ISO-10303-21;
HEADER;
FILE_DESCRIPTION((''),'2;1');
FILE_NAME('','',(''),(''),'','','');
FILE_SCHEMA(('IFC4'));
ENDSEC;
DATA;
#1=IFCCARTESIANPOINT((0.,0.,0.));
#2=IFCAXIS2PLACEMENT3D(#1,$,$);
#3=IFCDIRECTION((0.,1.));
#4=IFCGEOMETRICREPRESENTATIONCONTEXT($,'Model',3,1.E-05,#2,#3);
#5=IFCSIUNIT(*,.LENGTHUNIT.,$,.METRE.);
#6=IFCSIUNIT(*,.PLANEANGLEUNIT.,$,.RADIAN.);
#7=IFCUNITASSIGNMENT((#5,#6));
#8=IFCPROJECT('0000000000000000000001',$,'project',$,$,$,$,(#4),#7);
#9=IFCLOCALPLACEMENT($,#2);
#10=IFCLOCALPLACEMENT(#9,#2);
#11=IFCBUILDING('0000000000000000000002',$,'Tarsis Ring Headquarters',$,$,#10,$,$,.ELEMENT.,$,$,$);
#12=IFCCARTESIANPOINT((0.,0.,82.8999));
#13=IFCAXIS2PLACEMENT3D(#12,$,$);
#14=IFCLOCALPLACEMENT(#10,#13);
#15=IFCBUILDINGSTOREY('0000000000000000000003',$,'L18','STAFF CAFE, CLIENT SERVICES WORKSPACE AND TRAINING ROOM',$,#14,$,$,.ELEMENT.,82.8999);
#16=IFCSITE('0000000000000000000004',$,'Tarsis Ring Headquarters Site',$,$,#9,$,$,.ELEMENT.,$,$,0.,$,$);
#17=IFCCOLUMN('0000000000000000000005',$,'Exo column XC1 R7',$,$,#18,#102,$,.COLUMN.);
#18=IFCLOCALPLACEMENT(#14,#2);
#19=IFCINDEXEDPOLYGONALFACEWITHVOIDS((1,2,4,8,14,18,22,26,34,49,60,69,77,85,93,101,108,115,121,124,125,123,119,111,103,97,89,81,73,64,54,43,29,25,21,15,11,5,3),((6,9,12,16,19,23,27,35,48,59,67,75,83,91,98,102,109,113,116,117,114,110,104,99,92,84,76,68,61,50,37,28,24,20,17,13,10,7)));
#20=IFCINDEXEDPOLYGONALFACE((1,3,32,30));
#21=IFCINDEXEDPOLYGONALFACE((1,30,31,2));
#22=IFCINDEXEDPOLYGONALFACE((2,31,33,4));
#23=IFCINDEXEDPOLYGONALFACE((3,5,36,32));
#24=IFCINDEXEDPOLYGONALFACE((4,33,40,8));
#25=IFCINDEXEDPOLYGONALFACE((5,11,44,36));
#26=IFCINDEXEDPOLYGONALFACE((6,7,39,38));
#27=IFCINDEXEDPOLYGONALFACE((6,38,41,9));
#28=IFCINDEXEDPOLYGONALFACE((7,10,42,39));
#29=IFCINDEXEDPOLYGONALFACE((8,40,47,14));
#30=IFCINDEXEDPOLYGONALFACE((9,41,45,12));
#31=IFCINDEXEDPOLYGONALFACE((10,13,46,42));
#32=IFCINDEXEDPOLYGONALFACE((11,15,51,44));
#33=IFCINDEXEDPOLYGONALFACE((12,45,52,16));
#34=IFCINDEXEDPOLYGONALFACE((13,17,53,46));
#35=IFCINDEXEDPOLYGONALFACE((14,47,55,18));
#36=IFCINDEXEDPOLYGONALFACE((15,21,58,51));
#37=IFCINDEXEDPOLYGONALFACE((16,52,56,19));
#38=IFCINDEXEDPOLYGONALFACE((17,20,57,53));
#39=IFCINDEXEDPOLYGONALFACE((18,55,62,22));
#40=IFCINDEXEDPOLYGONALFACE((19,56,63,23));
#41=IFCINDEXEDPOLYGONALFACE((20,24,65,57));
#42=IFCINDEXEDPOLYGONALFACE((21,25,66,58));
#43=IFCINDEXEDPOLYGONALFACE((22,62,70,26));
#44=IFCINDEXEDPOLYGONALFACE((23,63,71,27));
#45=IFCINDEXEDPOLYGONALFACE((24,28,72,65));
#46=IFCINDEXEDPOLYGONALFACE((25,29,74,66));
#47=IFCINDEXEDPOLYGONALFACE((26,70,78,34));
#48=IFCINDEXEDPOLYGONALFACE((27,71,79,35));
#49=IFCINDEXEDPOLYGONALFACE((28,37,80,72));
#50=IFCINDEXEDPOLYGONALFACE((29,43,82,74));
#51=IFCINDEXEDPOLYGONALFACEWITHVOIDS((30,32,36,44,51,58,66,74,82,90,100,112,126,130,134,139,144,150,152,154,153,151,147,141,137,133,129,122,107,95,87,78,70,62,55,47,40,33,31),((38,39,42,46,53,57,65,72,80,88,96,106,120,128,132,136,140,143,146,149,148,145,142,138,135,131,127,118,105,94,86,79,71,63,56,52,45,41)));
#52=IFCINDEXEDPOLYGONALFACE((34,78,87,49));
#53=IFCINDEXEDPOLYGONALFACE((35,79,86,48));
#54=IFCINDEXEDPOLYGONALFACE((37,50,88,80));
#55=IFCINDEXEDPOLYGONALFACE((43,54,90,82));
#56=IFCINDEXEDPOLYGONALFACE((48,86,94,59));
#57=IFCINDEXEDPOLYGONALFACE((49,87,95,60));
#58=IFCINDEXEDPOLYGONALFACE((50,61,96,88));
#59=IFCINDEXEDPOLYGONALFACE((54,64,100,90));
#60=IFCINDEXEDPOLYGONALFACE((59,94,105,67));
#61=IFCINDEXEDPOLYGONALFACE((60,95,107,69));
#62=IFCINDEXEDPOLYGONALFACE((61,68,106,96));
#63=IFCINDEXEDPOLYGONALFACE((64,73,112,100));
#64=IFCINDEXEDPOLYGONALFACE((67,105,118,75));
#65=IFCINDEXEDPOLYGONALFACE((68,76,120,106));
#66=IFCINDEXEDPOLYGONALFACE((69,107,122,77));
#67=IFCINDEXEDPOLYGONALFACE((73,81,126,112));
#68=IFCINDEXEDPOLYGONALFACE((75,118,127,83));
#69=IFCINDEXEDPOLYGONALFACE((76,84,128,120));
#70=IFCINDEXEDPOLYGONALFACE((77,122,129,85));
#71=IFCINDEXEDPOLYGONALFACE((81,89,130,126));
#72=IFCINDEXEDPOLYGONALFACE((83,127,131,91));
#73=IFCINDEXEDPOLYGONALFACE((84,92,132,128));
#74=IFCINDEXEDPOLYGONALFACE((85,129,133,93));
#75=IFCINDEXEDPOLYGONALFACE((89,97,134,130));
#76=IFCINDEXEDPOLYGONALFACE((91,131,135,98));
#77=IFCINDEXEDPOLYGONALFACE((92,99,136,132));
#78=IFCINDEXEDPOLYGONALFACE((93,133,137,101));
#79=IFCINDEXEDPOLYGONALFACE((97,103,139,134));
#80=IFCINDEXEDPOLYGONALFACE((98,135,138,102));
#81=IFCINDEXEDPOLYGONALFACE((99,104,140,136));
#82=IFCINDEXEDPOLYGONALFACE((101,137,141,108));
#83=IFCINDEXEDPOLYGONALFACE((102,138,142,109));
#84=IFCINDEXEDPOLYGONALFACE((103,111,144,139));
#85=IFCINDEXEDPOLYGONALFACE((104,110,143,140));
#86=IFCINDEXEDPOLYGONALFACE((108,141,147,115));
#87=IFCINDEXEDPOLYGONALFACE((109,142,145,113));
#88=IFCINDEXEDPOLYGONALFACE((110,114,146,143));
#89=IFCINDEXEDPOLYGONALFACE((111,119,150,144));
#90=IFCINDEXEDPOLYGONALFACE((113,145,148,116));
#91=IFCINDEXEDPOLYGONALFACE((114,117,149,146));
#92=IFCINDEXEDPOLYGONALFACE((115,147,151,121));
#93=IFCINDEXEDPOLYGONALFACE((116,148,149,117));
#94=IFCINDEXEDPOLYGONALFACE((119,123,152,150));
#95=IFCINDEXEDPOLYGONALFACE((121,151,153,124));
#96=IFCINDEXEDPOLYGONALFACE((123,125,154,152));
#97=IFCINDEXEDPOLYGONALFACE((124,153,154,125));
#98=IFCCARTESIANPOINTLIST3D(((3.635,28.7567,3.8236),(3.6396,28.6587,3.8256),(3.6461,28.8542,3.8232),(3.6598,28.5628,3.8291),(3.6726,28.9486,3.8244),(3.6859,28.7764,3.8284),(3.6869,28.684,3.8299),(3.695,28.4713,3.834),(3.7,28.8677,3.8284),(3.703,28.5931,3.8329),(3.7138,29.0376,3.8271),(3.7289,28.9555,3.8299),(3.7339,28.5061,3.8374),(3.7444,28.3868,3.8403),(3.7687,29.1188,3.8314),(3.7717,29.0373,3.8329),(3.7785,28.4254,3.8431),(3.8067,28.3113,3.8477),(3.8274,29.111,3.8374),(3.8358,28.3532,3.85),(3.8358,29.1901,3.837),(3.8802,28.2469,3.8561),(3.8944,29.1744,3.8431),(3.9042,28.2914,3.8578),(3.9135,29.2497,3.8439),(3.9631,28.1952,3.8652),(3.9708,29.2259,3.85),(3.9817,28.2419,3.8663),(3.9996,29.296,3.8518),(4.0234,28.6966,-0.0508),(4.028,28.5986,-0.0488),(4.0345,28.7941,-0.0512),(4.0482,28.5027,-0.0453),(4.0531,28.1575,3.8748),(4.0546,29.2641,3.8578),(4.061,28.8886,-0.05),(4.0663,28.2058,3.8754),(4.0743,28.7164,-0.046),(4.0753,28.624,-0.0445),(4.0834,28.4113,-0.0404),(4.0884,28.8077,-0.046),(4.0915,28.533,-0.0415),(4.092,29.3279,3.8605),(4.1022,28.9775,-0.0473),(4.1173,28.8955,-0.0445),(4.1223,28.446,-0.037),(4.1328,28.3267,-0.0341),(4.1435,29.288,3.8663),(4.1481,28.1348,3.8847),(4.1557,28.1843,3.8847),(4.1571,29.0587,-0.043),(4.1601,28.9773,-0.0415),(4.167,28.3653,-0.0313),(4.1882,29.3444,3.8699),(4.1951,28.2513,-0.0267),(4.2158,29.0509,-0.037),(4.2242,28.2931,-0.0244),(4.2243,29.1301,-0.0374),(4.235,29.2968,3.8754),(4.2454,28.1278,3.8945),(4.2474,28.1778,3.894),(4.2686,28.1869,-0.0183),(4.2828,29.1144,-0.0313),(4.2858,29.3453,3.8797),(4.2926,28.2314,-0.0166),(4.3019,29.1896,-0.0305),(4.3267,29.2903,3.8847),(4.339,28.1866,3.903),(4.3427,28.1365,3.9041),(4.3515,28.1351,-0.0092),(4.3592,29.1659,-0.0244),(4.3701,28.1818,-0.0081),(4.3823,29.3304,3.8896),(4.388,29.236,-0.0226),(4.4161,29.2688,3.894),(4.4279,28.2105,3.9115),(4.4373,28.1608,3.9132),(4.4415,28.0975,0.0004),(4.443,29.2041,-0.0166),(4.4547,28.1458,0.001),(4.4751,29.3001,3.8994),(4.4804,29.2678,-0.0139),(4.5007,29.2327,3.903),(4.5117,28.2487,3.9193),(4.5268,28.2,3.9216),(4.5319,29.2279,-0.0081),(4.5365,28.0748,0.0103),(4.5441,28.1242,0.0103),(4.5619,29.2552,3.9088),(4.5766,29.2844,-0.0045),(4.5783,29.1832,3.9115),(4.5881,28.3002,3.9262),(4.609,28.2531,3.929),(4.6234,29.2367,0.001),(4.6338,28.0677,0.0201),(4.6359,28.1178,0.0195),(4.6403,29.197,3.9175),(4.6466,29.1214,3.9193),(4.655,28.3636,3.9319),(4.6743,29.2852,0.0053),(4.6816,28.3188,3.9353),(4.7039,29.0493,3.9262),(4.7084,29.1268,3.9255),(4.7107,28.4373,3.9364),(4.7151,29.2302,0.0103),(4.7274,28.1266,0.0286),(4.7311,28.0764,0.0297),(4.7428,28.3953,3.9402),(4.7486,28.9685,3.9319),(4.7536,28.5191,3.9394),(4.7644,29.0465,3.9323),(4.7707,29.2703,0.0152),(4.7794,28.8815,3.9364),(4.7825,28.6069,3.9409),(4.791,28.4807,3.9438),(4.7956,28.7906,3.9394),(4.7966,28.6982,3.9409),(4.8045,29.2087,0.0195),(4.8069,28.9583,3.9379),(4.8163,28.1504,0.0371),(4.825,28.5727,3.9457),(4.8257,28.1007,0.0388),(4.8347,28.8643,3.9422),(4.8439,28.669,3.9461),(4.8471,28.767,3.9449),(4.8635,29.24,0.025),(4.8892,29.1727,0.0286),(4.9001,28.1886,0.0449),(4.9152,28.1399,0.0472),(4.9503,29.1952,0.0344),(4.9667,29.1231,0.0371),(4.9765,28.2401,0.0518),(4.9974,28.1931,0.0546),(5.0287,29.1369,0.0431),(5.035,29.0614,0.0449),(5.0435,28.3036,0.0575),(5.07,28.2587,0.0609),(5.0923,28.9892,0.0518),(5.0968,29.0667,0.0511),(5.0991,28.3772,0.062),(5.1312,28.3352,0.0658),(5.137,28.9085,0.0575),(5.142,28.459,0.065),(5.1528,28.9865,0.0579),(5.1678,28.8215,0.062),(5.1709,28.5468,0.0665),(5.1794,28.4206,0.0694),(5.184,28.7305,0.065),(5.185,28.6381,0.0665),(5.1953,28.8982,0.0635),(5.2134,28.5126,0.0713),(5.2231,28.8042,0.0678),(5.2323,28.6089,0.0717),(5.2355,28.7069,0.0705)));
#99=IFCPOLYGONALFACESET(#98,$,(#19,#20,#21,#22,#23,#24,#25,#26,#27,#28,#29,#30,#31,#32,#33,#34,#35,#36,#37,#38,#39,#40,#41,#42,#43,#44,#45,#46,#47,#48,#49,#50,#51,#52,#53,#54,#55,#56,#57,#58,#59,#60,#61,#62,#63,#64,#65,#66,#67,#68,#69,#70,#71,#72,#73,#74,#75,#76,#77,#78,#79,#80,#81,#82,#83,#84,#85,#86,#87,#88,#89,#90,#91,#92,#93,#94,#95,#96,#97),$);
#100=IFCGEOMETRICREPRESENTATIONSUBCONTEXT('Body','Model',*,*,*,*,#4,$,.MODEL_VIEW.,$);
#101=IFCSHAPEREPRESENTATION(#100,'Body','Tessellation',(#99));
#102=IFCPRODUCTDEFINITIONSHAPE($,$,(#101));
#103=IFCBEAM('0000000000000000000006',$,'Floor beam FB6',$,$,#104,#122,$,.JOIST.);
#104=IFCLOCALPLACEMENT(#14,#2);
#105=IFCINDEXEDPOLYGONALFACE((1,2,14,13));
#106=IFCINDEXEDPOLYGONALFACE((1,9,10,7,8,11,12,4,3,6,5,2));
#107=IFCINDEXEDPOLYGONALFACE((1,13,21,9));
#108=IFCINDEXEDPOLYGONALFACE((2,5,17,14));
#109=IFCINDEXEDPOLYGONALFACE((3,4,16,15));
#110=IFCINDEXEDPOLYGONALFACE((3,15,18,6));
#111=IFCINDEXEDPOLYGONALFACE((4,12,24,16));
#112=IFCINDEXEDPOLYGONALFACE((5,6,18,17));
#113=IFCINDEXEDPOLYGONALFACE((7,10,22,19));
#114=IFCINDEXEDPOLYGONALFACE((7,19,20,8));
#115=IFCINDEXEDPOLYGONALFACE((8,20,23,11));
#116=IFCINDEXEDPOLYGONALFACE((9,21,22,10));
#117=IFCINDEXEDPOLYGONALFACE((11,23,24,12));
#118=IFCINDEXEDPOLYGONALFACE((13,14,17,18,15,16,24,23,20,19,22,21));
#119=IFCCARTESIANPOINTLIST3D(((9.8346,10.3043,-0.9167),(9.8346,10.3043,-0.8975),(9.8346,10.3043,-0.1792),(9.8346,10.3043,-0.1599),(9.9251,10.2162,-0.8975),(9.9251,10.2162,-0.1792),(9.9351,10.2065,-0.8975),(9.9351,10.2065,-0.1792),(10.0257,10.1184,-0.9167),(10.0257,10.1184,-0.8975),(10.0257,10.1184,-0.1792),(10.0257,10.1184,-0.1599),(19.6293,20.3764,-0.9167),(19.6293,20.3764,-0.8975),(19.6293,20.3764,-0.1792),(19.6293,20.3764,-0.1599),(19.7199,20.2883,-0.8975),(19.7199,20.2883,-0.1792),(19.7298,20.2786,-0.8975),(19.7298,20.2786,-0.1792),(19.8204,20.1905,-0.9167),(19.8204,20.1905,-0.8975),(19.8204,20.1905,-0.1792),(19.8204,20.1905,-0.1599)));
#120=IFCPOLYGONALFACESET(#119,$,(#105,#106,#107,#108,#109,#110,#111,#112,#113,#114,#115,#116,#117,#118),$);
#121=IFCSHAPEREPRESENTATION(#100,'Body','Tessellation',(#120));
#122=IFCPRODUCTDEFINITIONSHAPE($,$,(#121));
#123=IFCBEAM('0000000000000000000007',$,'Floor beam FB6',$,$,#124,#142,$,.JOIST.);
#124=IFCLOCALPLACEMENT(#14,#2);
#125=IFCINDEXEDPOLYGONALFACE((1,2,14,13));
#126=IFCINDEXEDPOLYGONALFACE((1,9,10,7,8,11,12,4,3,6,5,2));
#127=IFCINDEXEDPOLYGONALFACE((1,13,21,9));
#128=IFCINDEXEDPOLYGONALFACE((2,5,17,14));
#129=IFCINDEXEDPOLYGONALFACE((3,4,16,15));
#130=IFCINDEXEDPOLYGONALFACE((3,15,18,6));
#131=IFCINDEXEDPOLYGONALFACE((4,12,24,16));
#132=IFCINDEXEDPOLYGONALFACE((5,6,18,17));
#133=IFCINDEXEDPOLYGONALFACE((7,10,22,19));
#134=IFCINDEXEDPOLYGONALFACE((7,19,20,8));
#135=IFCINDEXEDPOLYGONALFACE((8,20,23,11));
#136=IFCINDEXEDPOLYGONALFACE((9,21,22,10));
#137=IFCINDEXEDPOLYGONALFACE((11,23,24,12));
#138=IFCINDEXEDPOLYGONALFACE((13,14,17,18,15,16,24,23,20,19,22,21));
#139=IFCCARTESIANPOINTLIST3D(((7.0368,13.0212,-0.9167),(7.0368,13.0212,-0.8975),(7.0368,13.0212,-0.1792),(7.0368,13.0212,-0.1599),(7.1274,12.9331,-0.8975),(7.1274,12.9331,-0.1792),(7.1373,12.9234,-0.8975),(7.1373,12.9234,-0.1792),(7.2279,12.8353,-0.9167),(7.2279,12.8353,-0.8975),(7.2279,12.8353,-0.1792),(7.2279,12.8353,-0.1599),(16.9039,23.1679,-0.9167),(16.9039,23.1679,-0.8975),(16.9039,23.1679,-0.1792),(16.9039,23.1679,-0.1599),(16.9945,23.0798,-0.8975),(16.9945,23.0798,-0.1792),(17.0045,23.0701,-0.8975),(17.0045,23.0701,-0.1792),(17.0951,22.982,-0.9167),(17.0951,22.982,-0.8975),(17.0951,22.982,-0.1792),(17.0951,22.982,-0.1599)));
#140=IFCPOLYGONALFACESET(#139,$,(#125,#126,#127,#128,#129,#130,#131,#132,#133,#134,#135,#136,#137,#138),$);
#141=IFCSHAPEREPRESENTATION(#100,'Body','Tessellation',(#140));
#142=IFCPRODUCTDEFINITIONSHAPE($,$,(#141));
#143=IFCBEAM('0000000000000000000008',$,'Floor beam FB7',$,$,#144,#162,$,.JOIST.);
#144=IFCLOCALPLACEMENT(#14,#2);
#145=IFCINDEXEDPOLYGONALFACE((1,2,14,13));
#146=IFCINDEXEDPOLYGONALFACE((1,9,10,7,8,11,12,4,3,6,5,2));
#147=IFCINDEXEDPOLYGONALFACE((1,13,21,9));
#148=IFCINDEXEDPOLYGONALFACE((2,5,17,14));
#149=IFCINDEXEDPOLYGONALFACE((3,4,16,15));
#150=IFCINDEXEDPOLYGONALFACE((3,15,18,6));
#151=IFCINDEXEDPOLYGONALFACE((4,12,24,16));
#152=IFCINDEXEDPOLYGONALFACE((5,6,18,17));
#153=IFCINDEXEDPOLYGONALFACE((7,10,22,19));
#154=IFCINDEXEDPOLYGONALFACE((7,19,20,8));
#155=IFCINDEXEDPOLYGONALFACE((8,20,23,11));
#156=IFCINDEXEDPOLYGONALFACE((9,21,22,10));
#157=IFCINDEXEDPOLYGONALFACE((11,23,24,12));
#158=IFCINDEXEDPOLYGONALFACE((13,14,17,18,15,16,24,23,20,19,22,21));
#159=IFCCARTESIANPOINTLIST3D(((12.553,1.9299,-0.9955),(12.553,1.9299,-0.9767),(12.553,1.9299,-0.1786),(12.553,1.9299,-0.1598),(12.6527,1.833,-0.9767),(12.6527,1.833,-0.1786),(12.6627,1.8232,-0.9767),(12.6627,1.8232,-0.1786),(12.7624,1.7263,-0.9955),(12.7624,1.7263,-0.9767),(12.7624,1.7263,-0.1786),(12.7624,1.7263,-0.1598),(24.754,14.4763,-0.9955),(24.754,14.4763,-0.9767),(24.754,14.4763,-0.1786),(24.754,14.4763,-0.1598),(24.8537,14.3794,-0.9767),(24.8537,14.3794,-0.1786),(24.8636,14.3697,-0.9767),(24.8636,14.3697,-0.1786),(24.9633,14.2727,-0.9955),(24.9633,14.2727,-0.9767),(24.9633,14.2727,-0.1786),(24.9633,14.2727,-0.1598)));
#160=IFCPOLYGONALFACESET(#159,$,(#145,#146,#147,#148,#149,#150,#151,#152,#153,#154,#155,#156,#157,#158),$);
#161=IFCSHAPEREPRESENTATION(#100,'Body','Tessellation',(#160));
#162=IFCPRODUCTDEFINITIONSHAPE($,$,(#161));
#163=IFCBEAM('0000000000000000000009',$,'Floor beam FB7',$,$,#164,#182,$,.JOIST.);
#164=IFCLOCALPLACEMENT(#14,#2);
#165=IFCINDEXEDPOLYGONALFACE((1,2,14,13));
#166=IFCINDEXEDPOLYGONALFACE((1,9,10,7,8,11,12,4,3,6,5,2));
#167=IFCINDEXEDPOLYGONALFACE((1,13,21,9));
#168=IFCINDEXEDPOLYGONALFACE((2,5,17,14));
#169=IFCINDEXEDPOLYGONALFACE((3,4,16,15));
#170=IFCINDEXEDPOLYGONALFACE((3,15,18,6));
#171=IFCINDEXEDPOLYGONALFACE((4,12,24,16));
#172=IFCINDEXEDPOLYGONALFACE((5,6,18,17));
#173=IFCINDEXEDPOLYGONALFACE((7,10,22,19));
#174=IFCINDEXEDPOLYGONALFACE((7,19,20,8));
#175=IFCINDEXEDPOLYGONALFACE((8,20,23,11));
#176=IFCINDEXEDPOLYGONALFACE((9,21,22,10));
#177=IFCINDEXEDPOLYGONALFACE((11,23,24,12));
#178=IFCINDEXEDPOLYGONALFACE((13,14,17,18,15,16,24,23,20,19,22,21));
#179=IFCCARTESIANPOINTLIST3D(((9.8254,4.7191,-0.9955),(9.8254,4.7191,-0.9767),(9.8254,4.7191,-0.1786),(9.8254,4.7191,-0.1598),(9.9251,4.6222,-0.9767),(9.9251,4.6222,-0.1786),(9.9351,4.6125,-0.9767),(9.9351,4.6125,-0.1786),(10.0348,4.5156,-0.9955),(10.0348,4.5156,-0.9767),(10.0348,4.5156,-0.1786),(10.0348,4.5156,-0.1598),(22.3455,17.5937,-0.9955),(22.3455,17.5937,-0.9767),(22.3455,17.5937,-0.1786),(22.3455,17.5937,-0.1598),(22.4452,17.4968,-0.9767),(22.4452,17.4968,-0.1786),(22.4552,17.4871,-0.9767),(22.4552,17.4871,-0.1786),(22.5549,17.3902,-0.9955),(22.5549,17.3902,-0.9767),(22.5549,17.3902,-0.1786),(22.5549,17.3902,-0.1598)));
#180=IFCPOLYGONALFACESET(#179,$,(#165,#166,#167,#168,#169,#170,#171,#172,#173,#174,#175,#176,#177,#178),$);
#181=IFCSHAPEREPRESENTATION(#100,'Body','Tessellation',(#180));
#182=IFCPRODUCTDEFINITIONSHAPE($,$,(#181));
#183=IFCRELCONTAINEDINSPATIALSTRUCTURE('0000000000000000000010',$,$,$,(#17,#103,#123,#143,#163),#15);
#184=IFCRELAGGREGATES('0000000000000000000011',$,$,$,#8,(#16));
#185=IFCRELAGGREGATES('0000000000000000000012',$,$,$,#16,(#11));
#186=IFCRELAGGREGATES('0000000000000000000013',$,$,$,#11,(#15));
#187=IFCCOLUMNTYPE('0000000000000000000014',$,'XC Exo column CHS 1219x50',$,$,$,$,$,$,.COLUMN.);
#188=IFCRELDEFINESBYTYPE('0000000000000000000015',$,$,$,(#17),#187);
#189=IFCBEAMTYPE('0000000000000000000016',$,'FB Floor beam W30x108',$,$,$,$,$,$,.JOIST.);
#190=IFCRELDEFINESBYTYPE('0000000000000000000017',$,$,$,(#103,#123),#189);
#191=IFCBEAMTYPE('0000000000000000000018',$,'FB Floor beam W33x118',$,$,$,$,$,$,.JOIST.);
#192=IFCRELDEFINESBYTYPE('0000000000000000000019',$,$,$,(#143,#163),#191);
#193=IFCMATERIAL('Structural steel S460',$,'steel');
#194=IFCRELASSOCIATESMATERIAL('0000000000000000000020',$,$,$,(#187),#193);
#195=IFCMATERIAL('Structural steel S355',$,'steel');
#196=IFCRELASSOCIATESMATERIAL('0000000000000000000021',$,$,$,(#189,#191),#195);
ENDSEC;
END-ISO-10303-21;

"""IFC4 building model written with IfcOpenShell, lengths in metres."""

from ifc_helpers import new_model, si_unit, direction, frame, origin, origin_2d, place, context, subcontext, project, spatial, hollow_circle, i_section, extrude, material, material_profile, profile_set, type_object, element, save


model = new_model("IFC4")

# Units and contexts
model_context = context("Model", 3, precision=1e-05, world=origin(), true_north=direction((0.0, 1.0)))
body_context = subcontext(model_context, "Body", "Model", "MODEL_VIEW")
ifc_project = project(units=[si_unit("LENGTHUNIT", "METRE"), si_unit("PLANEANGLEUNIT", "RADIAN")], contexts=[model_context])

# Site, building, storey
site_placement = place(None, origin())
site = spatial("IfcSite", under=ifc_project, at=site_placement, Name="Tarsis Ring Headquarters Site", CompositionType="ELEMENT", RefElevation=0.0)
building_placement = place(site_placement, origin())
building = spatial("IfcBuilding", under=site, at=building_placement, Name="Tarsis Ring Headquarters", CompositionType="ELEMENT")
storey_placement = place(building_placement, frame((0.0, 0.0, 82.8999)))
storey = spatial("IfcBuildingStorey", under=building, at=storey_placement, Name="L18", Description="STAFF CAFE, CLIENT SERVICES WORKSPACE AND TRAINING ROOM", CompositionType="ELEMENT", Elevation=82.8999)

# Column
ifc_material_1 = material(Name="Structural steel S460", Category="steel")
ifc_material_profile_1 = material_profile(ifc_material_1, hollow_circle(Radius=0.6096, WallThickness=0.05, at=origin_2d()), Name="CHS 1219x50")
ifc_profile_set_1 = profile_set([ifc_material_profile_1], Name="Structural steel S460")
column_type = type_object("IfcColumnType", Name="XC Exo column CHS 1219x50", PredefinedType="COLUMN", material=ifc_profile_set_1)
for number, where, z_axis, x_axis, name in (
    (1, (4.6296, 28.6772, 0.0103), (-0.09974, 0.015422, 0.994894), (-0.152804, -0.988257, 0.0), "Exo column XC1 R7"),
):
    element("IfcColumn", number, at=place(storey_placement, frame(where, z_axis=z_axis, x_axis=x_axis)), inside=storey, type_object=column_type, Name=name, PredefinedType="COLUMN", context=body_context, shape_type="SweptSolid", body=[
        extrude(hollow_circle(Radius=0.6096, WallThickness=0.05, at=origin_2d()), origin(), (0.0, 0.0, 1.0), 3.8943),
    ])

# Beams
ifc_material_2 = material(Name="Structural steel S355", Category="steel")
ifc_material_profile_2 = material_profile(ifc_material_2, i_section(OverallWidth=0.2666, OverallDepth=0.7568, WebThickness=0.0139, FlangeThickness=0.0193, at=origin_2d()), Name="W30x108")
ifc_profile_set_2 = profile_set([ifc_material_profile_2], Name="Structural steel S355")
beam_type_1 = type_object("IfcBeamType", Name="FB Floor beam W30x108", PredefinedType="JOIST", material=ifc_profile_set_2)
beam_1_placement = place(storey_placement, frame((19.7249, 20.2834, -0.5383), z_axis=(-0.697167, -0.716908, 0.0), x_axis=(0.716908, -0.697167, 0.0)))
element("IfcBeam", 2, at=beam_1_placement, inside=storey, type_object=beam_type_1, Name="Floor beam FB6", PredefinedType="JOIST", context=body_context, shape_type="SweptSolid", body=[
    extrude(i_section(OverallWidth=0.2666, OverallDepth=0.7568, WebThickness=0.0139, FlangeThickness=0.0193, at=origin_2d()), origin(), (0.0, 0.0, 1.0), 14.0493),
])
beam_2_placement = place(storey_placement, frame((16.9995, 23.075, -0.5383), z_axis=(-0.697162, -0.716913, 0.0), x_axis=(0.716913, -0.697162, 0.0)))
element("IfcBeam", 3, at=beam_2_placement, inside=storey, type_object=beam_type_1, Name="Floor beam FB6", PredefinedType="JOIST", context=body_context, shape_type="SweptSolid", body=[
    extrude(i_section(OverallWidth=0.2666, OverallDepth=0.7568, WebThickness=0.0139, FlangeThickness=0.0193, at=origin_2d()), origin(), (0.0, 0.0, 1.0), 14.1533),
])
ifc_material_profile_3 = material_profile(ifc_material_2, i_section(OverallWidth=0.292, OverallDepth=0.8357, WebThickness=0.0139, FlangeThickness=0.0188, at=origin_2d()), Name="W33x118")
ifc_profile_set_3 = profile_set([ifc_material_profile_3], Name="Structural steel S355")
beam_type_2 = type_object("IfcBeamType", Name="FB Floor beam W33x118", PredefinedType="JOIST", material=ifc_profile_set_3)
beam_3_placement = place(storey_placement, frame((24.8586, 14.3745, -0.5776), z_axis=(-0.697168, -0.716908, 0.0), x_axis=(0.716908, -0.697168, 0.0)))
element("IfcBeam", 4, at=beam_3_placement, inside=storey, type_object=beam_type_2, Name="Floor beam FB7", PredefinedType="JOIST", context=body_context, shape_type="SweptSolid", body=[
    extrude(i_section(OverallWidth=0.292, OverallDepth=0.8357, WebThickness=0.0139, FlangeThickness=0.0188, at=origin_2d()), origin(), (0.0, 0.0, 1.0), 17.5007),
])
beam_4_placement = place(storey_placement, frame((22.4502, 17.4919, -0.5776), z_axis=(-0.697168, -0.716908, 0.0), x_axis=(0.716908, -0.697168, 0.0)))
element("IfcBeam", 5, at=beam_4_placement, inside=storey, type_object=beam_type_2, Name="Floor beam FB7", PredefinedType="JOIST", context=body_context, shape_type="SweptSolid", body=[
    extrude(i_section(OverallWidth=0.292, OverallDepth=0.8357, WebThickness=0.0139, FlangeThickness=0.0188, at=origin_2d()), origin(), (0.0, 0.0, 1.0), 17.9585),
])

save(model, "model.ifc")
